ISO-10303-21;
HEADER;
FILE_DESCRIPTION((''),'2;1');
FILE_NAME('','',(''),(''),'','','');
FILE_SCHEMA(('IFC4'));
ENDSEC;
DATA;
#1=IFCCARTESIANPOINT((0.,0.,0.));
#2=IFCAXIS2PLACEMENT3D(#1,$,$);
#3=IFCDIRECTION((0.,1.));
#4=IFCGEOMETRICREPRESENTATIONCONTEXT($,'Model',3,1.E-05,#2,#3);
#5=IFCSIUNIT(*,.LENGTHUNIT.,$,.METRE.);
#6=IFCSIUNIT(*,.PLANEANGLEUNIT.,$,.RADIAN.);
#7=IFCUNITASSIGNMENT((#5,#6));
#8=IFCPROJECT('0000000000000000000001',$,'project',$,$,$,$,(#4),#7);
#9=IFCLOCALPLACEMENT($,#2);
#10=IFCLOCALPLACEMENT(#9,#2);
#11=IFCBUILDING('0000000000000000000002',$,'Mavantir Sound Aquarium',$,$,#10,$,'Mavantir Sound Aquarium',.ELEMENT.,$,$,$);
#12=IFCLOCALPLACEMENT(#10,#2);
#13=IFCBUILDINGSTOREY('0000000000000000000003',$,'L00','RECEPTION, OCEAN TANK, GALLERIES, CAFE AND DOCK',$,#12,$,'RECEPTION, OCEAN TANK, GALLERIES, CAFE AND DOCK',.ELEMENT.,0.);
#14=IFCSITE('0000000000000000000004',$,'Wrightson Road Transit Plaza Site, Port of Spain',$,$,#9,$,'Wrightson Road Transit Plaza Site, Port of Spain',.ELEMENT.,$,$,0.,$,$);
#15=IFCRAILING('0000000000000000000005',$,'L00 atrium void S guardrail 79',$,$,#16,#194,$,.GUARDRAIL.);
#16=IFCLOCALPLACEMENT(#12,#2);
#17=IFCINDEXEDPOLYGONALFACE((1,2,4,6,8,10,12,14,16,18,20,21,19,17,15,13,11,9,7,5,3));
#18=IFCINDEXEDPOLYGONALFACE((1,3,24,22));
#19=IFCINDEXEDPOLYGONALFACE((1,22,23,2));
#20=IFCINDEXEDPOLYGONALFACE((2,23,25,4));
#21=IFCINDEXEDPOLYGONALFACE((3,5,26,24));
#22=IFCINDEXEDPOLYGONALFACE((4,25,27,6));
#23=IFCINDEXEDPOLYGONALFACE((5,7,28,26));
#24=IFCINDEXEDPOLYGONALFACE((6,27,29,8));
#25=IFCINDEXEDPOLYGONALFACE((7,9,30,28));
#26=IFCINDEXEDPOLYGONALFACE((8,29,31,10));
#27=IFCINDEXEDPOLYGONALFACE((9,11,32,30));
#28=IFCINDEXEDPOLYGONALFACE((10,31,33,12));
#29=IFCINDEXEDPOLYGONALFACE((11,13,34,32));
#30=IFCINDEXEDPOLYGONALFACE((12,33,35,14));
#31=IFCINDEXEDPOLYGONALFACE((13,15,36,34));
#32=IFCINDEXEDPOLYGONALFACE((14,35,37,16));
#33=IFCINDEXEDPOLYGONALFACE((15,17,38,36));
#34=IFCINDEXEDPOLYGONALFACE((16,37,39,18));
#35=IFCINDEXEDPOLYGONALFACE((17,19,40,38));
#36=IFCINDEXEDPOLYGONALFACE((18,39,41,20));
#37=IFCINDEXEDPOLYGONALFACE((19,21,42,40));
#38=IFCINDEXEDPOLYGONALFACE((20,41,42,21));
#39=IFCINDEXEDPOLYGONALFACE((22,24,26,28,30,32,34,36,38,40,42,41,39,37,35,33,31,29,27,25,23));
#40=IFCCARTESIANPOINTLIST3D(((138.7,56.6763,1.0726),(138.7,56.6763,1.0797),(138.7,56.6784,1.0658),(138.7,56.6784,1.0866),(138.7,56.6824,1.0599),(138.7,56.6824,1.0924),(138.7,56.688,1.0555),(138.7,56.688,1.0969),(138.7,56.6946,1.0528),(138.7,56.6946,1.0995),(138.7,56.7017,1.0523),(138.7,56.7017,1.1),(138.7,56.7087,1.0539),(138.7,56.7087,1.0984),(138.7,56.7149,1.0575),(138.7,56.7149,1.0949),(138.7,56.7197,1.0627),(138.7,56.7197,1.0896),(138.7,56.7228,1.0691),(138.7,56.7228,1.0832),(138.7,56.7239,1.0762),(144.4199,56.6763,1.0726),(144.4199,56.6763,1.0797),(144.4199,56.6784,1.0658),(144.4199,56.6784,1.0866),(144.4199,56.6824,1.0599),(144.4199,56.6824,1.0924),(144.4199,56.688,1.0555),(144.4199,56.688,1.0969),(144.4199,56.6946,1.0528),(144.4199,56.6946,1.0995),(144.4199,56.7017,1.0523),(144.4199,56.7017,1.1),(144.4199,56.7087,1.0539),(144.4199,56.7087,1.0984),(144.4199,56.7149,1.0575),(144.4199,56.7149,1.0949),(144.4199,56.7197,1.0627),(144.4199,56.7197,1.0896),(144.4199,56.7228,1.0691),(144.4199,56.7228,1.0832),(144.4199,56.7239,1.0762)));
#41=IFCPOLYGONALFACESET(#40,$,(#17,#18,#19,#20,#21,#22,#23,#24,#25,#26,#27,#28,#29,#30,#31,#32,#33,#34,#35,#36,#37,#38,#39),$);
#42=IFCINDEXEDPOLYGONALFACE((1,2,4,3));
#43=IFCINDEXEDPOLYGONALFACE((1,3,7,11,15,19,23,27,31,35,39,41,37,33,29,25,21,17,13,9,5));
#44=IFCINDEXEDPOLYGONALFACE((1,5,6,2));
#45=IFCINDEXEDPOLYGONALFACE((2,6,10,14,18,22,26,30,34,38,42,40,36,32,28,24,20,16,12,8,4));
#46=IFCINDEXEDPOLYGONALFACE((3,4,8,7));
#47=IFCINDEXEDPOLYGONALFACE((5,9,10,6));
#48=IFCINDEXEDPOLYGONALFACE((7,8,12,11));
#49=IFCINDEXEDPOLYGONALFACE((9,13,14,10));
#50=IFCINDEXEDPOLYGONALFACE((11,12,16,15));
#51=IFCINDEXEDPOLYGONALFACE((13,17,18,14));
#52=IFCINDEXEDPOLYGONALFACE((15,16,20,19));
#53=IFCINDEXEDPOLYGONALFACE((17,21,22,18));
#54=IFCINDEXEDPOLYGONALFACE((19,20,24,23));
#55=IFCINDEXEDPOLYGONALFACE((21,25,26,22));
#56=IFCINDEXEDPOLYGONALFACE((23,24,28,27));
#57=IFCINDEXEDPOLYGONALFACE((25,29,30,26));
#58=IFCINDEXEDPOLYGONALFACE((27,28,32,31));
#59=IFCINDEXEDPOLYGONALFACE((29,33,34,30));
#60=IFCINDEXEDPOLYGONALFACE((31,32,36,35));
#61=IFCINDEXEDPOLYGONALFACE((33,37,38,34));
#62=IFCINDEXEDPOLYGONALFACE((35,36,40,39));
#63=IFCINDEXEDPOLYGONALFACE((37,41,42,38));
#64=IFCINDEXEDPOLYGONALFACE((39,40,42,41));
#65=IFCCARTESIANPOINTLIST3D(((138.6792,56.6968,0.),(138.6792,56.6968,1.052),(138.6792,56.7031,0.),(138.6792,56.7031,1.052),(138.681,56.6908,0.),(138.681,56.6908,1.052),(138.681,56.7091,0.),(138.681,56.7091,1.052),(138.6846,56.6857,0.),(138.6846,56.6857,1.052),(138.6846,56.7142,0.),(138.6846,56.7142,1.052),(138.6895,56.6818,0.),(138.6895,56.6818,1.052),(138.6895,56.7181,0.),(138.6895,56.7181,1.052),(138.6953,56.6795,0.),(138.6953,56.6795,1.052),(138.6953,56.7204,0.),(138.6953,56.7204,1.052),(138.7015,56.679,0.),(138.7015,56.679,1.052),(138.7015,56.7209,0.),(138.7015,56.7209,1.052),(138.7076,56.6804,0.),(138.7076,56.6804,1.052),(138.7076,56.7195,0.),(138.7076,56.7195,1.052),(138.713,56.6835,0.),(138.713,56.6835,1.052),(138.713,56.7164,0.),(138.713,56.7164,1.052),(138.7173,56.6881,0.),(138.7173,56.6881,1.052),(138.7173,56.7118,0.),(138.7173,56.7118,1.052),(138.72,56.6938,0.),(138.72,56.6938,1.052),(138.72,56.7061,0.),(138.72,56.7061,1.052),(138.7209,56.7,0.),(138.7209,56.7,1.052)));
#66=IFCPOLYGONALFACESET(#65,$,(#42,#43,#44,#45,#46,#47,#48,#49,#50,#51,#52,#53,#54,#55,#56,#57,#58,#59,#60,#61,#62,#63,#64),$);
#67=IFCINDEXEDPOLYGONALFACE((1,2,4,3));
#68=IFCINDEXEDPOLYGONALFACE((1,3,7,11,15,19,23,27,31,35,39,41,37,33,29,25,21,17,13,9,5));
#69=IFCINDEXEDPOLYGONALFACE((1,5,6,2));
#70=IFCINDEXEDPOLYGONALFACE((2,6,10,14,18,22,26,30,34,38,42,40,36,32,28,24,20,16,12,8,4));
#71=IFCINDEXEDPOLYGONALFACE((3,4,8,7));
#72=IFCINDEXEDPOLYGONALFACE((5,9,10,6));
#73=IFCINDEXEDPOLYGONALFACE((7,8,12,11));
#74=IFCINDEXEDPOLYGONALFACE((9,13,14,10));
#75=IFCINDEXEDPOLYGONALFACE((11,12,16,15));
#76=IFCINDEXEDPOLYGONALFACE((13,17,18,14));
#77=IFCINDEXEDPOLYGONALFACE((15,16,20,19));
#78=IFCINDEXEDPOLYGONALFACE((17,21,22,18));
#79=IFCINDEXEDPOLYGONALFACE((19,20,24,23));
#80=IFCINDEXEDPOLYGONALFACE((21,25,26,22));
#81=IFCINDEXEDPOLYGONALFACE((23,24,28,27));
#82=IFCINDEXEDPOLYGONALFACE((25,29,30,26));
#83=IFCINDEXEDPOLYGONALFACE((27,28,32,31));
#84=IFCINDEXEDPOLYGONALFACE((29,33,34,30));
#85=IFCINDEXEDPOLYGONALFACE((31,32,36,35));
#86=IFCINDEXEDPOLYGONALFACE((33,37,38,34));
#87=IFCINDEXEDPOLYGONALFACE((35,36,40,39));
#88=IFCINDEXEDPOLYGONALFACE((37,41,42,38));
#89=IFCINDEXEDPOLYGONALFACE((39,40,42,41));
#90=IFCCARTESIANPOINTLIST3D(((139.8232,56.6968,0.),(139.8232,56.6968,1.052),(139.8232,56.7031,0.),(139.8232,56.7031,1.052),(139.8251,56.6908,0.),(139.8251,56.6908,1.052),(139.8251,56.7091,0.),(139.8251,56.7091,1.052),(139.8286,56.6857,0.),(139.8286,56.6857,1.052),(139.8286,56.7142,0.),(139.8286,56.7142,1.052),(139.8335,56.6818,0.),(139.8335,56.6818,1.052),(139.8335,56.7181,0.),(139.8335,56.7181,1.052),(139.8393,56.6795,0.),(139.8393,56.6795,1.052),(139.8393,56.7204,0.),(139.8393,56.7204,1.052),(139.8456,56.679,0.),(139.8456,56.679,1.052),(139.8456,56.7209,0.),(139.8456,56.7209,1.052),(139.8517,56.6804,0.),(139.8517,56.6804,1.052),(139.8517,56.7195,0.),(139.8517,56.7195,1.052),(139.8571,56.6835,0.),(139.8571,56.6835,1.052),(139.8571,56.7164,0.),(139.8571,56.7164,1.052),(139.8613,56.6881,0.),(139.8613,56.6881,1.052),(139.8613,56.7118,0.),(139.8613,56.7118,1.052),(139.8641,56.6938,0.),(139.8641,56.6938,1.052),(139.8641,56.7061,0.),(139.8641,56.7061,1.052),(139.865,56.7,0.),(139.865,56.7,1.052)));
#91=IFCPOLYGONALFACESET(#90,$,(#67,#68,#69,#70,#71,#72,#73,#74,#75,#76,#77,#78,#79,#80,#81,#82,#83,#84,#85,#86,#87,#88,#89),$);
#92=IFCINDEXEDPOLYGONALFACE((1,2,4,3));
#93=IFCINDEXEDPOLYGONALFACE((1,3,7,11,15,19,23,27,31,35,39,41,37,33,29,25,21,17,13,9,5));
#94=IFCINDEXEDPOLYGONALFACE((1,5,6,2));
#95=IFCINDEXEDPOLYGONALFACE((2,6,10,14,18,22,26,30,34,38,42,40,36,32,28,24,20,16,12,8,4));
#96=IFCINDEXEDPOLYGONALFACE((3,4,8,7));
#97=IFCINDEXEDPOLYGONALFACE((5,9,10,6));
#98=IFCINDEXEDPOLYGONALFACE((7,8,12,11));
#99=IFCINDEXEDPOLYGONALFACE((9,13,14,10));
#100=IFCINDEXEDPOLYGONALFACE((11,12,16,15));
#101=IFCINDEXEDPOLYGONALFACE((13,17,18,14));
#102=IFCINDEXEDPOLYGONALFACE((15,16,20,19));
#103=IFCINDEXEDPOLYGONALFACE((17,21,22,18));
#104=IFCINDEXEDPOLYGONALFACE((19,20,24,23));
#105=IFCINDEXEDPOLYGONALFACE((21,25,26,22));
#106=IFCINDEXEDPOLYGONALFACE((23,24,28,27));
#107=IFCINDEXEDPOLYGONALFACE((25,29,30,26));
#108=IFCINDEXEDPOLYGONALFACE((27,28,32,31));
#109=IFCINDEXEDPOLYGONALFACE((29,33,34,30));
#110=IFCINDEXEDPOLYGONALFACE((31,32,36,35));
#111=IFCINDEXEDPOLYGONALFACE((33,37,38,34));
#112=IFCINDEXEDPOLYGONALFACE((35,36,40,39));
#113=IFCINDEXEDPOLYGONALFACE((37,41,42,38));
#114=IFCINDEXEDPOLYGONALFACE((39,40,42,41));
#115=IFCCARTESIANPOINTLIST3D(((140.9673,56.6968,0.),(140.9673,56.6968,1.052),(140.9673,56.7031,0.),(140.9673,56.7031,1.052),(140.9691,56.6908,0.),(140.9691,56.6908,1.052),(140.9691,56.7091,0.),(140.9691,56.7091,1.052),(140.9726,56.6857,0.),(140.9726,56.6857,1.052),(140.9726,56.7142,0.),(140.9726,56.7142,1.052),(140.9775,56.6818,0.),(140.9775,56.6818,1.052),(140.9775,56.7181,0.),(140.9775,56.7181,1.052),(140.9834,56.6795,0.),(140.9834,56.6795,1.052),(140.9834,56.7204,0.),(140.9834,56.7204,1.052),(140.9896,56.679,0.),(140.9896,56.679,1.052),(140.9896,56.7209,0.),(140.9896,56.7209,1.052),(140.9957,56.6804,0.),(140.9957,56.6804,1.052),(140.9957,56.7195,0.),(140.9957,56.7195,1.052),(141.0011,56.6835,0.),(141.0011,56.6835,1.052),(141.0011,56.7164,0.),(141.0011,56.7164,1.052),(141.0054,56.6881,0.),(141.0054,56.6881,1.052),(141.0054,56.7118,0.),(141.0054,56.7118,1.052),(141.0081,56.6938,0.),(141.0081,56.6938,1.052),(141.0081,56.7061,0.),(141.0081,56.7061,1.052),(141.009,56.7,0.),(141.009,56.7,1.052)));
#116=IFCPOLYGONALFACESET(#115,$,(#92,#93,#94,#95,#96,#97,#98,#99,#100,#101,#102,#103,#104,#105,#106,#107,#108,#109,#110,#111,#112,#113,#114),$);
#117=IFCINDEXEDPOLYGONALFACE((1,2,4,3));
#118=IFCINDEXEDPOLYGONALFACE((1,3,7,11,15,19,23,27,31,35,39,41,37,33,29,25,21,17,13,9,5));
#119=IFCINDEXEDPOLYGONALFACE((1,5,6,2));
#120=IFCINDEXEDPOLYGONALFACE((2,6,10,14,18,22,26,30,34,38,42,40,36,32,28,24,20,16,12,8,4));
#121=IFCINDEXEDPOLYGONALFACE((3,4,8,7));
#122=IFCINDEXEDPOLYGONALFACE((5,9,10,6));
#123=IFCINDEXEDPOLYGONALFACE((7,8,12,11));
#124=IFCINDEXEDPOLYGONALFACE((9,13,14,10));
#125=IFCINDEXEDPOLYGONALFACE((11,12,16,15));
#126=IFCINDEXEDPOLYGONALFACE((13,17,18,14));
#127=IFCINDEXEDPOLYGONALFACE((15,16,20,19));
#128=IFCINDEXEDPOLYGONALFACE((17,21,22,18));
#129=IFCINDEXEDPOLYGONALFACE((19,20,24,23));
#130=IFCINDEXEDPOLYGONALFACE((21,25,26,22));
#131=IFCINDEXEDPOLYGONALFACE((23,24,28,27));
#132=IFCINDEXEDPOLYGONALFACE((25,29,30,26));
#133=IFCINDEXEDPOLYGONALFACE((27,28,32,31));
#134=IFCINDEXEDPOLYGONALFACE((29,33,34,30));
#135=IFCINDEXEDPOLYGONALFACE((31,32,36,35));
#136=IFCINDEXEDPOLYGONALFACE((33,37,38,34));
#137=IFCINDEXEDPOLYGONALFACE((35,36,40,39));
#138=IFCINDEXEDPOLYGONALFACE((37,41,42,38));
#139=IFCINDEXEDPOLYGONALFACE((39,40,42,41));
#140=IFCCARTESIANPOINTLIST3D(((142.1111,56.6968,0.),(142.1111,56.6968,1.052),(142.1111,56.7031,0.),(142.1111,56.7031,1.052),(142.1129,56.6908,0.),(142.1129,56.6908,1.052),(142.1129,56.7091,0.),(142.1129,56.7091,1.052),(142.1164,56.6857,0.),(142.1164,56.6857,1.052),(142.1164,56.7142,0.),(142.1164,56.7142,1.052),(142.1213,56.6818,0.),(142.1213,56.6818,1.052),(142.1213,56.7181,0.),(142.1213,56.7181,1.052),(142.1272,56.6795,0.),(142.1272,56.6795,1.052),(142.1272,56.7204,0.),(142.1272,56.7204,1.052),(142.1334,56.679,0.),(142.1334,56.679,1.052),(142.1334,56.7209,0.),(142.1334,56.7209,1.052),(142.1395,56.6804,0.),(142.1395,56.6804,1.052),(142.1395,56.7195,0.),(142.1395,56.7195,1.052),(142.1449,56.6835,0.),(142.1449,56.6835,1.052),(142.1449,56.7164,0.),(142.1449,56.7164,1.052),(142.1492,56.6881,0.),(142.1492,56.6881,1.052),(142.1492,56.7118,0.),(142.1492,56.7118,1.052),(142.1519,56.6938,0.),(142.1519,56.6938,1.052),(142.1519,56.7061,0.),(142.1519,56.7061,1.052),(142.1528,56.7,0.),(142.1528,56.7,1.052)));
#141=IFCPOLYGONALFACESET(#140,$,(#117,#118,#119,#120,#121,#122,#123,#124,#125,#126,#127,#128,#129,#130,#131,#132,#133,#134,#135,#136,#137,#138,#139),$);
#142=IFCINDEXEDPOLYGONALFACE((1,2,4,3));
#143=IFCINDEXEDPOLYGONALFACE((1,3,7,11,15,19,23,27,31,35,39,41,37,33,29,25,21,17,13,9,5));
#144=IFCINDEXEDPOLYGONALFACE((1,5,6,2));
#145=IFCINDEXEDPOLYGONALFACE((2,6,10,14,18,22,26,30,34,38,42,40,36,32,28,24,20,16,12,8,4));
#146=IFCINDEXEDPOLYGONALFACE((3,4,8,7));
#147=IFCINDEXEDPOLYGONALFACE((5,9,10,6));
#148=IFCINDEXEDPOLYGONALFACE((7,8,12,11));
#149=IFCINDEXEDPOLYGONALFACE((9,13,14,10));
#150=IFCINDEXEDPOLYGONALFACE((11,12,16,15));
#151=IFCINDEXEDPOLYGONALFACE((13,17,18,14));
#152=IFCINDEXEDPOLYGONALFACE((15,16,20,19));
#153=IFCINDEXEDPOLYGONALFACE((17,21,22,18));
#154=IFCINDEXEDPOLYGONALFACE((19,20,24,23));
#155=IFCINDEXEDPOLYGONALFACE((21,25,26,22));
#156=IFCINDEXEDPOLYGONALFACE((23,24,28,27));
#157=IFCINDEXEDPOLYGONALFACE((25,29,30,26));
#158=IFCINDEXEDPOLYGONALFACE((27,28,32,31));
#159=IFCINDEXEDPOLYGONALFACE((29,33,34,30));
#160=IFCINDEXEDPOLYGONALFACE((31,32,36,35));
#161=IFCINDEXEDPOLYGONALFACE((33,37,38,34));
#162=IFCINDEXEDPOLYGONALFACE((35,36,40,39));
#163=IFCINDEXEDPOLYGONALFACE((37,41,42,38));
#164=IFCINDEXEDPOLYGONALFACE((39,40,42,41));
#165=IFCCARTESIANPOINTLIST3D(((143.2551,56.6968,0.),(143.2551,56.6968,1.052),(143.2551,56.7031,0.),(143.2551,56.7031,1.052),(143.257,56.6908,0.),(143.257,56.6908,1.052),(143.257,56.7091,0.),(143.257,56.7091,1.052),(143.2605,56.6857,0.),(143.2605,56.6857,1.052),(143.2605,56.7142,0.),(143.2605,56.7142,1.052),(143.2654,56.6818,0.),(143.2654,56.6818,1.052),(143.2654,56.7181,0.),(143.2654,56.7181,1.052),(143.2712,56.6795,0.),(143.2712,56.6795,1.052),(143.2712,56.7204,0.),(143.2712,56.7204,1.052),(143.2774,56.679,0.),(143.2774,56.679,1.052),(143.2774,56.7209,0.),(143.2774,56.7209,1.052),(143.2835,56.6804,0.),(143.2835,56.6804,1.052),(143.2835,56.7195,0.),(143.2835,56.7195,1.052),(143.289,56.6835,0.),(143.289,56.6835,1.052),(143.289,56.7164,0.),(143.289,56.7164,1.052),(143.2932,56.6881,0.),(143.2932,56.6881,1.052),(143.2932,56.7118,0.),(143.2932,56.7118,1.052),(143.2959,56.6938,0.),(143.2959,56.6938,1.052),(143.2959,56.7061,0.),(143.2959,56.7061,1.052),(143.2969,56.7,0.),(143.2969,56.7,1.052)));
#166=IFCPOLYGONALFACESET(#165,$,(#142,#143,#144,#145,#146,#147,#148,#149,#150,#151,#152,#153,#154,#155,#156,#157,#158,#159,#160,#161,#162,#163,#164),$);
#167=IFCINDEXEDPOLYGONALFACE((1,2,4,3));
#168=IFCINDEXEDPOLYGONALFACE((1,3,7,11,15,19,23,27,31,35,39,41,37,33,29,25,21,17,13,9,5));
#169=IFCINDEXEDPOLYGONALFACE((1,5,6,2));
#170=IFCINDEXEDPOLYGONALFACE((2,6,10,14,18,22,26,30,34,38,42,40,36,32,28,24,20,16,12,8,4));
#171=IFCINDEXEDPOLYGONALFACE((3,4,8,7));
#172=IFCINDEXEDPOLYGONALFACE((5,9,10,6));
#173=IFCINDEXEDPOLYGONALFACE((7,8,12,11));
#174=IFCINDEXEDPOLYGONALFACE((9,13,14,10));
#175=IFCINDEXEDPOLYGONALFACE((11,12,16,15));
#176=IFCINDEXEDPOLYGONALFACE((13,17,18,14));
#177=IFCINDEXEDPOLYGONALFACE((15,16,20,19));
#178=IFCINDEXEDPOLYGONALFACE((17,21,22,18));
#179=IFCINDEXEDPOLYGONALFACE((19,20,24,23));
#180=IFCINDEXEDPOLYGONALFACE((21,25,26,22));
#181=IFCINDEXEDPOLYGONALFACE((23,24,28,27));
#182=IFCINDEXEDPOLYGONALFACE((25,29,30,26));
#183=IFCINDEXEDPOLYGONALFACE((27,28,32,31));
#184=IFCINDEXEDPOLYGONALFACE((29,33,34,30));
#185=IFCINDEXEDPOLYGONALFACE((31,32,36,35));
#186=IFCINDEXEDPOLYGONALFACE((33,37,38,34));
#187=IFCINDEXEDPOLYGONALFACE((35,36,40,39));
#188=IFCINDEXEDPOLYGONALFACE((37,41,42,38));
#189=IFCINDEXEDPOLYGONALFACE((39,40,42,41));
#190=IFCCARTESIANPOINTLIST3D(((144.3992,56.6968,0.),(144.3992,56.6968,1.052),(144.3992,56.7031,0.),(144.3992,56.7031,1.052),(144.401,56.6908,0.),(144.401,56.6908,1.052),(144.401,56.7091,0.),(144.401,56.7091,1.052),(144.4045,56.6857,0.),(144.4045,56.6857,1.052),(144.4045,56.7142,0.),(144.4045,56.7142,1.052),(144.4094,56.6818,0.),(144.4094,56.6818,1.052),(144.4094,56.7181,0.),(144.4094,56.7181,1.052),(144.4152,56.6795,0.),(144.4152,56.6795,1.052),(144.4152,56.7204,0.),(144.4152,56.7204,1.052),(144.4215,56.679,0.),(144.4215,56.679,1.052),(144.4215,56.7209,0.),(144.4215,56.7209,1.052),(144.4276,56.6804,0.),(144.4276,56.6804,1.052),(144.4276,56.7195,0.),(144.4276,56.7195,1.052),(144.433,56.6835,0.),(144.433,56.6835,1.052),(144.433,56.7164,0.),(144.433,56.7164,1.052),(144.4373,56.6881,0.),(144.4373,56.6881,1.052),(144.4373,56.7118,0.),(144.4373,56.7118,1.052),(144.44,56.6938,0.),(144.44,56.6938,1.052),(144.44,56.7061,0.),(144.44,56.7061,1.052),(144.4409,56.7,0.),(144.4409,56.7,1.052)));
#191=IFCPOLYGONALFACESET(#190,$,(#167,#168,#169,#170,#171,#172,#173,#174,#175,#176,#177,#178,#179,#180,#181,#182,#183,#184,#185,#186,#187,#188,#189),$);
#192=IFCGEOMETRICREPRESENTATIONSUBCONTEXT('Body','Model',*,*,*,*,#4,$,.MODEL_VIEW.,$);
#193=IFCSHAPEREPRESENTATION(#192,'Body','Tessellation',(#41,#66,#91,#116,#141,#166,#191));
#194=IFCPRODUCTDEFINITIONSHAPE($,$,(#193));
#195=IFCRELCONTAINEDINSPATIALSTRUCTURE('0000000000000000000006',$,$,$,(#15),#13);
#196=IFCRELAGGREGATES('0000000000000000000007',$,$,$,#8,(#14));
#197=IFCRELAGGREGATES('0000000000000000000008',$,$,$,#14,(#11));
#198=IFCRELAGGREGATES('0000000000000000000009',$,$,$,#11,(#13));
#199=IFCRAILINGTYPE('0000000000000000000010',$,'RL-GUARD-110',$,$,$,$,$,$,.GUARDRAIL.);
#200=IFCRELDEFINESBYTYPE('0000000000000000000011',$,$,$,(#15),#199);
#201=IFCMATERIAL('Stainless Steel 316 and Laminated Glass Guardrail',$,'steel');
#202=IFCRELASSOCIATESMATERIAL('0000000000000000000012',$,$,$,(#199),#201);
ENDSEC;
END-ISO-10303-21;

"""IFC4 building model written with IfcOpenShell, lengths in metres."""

from ifc_helpers import new_model, si_unit, direction, frame, origin, origin_2d, place, context, subcontext, project, spatial, circle, extrude, material, type_object, element, save


model = new_model("IFC4")

# Units and contexts
model_context = context("Model", 3, precision=1e-05, world=origin(), true_north=direction((0.0, 1.0)))
body_context = subcontext(model_context, "Body", "Model", "MODEL_VIEW")
ifc_project = project(units=[si_unit("LENGTHUNIT", "METRE"), si_unit("PLANEANGLEUNIT", "RADIAN")], contexts=[model_context])

# Site, building, storey
site_placement = place(None, origin())
site = spatial("IfcSite", under=ifc_project, at=site_placement, Name="Wrightson Road Transit Plaza Site, Port of Spain", LongName="Wrightson Road Transit Plaza Site, Port of Spain", CompositionType="ELEMENT", RefElevation=0.0)
building_placement = place(site_placement, origin())
building = spatial("IfcBuilding", under=site, at=building_placement, Name="Mavantir Sound Aquarium", LongName="Mavantir Sound Aquarium", CompositionType="ELEMENT")
storey_placement = place(building_placement, origin())
storey = spatial("IfcBuildingStorey", under=building, at=storey_placement, Name="L00", Description="RECEPTION, OCEAN TANK, GALLERIES, CAFE AND DOCK", LongName="RECEPTION, OCEAN TANK, GALLERIES, CAFE AND DOCK", CompositionType="ELEMENT", Elevation=0.0)

# Railing
ifc_material_1 = material(Name="Stainless Steel 316 and Laminated Glass Guardrail", Category="steel")
railing_type = type_object("IfcRailingType", Name="RL-GUARD-110", PredefinedType="GUARDRAIL", material=ifc_material_1)
railing_1_placement = place(storey_placement, frame((138.7, 56.7, 0.0)))
element("IfcRailing", 1, at=railing_1_placement, inside=storey, type_object=railing_type, Name="L00 atrium void S guardrail 79", PredefinedType="GUARDRAIL", context=body_context, shape_type="SweptSolid", body=[
    extrude(circle(Radius=0.0239, at=origin_2d()), frame((0.0, 0.0, 1.0762), z_axis=(1.0, 0.0, 0.0), x_axis=(0.0, 1.0, 0.0)), (0.0, 0.0, 1.0), 5.72),
    extrude(circle(Radius=0.021, at=origin_2d()), origin(), (0.0, 0.0, 1.0), 1.052),
    extrude(circle(Radius=0.021, at=origin_2d()), frame((1.144, 0.0, 0.0)), (0.0, 0.0, 1.0), 1.052),
    extrude(circle(Radius=0.021, at=origin_2d()), frame((2.2881, 0.0, 0.0)), (0.0, 0.0, 1.0), 1.052),
    extrude(circle(Radius=0.021, at=origin_2d()), frame((3.4319, 0.0, 0.0)), (0.0, 0.0, 1.0), 1.052),
    extrude(circle(Radius=0.021, at=origin_2d()), frame((4.5759, 0.0, 0.0)), (0.0, 0.0, 1.0), 1.052),
    extrude(circle(Radius=0.021, at=origin_2d()), frame((5.72, 0.0, 0.0)), (0.0, 0.0, 1.0), 1.052),
])

save(model, "model.ifc")
